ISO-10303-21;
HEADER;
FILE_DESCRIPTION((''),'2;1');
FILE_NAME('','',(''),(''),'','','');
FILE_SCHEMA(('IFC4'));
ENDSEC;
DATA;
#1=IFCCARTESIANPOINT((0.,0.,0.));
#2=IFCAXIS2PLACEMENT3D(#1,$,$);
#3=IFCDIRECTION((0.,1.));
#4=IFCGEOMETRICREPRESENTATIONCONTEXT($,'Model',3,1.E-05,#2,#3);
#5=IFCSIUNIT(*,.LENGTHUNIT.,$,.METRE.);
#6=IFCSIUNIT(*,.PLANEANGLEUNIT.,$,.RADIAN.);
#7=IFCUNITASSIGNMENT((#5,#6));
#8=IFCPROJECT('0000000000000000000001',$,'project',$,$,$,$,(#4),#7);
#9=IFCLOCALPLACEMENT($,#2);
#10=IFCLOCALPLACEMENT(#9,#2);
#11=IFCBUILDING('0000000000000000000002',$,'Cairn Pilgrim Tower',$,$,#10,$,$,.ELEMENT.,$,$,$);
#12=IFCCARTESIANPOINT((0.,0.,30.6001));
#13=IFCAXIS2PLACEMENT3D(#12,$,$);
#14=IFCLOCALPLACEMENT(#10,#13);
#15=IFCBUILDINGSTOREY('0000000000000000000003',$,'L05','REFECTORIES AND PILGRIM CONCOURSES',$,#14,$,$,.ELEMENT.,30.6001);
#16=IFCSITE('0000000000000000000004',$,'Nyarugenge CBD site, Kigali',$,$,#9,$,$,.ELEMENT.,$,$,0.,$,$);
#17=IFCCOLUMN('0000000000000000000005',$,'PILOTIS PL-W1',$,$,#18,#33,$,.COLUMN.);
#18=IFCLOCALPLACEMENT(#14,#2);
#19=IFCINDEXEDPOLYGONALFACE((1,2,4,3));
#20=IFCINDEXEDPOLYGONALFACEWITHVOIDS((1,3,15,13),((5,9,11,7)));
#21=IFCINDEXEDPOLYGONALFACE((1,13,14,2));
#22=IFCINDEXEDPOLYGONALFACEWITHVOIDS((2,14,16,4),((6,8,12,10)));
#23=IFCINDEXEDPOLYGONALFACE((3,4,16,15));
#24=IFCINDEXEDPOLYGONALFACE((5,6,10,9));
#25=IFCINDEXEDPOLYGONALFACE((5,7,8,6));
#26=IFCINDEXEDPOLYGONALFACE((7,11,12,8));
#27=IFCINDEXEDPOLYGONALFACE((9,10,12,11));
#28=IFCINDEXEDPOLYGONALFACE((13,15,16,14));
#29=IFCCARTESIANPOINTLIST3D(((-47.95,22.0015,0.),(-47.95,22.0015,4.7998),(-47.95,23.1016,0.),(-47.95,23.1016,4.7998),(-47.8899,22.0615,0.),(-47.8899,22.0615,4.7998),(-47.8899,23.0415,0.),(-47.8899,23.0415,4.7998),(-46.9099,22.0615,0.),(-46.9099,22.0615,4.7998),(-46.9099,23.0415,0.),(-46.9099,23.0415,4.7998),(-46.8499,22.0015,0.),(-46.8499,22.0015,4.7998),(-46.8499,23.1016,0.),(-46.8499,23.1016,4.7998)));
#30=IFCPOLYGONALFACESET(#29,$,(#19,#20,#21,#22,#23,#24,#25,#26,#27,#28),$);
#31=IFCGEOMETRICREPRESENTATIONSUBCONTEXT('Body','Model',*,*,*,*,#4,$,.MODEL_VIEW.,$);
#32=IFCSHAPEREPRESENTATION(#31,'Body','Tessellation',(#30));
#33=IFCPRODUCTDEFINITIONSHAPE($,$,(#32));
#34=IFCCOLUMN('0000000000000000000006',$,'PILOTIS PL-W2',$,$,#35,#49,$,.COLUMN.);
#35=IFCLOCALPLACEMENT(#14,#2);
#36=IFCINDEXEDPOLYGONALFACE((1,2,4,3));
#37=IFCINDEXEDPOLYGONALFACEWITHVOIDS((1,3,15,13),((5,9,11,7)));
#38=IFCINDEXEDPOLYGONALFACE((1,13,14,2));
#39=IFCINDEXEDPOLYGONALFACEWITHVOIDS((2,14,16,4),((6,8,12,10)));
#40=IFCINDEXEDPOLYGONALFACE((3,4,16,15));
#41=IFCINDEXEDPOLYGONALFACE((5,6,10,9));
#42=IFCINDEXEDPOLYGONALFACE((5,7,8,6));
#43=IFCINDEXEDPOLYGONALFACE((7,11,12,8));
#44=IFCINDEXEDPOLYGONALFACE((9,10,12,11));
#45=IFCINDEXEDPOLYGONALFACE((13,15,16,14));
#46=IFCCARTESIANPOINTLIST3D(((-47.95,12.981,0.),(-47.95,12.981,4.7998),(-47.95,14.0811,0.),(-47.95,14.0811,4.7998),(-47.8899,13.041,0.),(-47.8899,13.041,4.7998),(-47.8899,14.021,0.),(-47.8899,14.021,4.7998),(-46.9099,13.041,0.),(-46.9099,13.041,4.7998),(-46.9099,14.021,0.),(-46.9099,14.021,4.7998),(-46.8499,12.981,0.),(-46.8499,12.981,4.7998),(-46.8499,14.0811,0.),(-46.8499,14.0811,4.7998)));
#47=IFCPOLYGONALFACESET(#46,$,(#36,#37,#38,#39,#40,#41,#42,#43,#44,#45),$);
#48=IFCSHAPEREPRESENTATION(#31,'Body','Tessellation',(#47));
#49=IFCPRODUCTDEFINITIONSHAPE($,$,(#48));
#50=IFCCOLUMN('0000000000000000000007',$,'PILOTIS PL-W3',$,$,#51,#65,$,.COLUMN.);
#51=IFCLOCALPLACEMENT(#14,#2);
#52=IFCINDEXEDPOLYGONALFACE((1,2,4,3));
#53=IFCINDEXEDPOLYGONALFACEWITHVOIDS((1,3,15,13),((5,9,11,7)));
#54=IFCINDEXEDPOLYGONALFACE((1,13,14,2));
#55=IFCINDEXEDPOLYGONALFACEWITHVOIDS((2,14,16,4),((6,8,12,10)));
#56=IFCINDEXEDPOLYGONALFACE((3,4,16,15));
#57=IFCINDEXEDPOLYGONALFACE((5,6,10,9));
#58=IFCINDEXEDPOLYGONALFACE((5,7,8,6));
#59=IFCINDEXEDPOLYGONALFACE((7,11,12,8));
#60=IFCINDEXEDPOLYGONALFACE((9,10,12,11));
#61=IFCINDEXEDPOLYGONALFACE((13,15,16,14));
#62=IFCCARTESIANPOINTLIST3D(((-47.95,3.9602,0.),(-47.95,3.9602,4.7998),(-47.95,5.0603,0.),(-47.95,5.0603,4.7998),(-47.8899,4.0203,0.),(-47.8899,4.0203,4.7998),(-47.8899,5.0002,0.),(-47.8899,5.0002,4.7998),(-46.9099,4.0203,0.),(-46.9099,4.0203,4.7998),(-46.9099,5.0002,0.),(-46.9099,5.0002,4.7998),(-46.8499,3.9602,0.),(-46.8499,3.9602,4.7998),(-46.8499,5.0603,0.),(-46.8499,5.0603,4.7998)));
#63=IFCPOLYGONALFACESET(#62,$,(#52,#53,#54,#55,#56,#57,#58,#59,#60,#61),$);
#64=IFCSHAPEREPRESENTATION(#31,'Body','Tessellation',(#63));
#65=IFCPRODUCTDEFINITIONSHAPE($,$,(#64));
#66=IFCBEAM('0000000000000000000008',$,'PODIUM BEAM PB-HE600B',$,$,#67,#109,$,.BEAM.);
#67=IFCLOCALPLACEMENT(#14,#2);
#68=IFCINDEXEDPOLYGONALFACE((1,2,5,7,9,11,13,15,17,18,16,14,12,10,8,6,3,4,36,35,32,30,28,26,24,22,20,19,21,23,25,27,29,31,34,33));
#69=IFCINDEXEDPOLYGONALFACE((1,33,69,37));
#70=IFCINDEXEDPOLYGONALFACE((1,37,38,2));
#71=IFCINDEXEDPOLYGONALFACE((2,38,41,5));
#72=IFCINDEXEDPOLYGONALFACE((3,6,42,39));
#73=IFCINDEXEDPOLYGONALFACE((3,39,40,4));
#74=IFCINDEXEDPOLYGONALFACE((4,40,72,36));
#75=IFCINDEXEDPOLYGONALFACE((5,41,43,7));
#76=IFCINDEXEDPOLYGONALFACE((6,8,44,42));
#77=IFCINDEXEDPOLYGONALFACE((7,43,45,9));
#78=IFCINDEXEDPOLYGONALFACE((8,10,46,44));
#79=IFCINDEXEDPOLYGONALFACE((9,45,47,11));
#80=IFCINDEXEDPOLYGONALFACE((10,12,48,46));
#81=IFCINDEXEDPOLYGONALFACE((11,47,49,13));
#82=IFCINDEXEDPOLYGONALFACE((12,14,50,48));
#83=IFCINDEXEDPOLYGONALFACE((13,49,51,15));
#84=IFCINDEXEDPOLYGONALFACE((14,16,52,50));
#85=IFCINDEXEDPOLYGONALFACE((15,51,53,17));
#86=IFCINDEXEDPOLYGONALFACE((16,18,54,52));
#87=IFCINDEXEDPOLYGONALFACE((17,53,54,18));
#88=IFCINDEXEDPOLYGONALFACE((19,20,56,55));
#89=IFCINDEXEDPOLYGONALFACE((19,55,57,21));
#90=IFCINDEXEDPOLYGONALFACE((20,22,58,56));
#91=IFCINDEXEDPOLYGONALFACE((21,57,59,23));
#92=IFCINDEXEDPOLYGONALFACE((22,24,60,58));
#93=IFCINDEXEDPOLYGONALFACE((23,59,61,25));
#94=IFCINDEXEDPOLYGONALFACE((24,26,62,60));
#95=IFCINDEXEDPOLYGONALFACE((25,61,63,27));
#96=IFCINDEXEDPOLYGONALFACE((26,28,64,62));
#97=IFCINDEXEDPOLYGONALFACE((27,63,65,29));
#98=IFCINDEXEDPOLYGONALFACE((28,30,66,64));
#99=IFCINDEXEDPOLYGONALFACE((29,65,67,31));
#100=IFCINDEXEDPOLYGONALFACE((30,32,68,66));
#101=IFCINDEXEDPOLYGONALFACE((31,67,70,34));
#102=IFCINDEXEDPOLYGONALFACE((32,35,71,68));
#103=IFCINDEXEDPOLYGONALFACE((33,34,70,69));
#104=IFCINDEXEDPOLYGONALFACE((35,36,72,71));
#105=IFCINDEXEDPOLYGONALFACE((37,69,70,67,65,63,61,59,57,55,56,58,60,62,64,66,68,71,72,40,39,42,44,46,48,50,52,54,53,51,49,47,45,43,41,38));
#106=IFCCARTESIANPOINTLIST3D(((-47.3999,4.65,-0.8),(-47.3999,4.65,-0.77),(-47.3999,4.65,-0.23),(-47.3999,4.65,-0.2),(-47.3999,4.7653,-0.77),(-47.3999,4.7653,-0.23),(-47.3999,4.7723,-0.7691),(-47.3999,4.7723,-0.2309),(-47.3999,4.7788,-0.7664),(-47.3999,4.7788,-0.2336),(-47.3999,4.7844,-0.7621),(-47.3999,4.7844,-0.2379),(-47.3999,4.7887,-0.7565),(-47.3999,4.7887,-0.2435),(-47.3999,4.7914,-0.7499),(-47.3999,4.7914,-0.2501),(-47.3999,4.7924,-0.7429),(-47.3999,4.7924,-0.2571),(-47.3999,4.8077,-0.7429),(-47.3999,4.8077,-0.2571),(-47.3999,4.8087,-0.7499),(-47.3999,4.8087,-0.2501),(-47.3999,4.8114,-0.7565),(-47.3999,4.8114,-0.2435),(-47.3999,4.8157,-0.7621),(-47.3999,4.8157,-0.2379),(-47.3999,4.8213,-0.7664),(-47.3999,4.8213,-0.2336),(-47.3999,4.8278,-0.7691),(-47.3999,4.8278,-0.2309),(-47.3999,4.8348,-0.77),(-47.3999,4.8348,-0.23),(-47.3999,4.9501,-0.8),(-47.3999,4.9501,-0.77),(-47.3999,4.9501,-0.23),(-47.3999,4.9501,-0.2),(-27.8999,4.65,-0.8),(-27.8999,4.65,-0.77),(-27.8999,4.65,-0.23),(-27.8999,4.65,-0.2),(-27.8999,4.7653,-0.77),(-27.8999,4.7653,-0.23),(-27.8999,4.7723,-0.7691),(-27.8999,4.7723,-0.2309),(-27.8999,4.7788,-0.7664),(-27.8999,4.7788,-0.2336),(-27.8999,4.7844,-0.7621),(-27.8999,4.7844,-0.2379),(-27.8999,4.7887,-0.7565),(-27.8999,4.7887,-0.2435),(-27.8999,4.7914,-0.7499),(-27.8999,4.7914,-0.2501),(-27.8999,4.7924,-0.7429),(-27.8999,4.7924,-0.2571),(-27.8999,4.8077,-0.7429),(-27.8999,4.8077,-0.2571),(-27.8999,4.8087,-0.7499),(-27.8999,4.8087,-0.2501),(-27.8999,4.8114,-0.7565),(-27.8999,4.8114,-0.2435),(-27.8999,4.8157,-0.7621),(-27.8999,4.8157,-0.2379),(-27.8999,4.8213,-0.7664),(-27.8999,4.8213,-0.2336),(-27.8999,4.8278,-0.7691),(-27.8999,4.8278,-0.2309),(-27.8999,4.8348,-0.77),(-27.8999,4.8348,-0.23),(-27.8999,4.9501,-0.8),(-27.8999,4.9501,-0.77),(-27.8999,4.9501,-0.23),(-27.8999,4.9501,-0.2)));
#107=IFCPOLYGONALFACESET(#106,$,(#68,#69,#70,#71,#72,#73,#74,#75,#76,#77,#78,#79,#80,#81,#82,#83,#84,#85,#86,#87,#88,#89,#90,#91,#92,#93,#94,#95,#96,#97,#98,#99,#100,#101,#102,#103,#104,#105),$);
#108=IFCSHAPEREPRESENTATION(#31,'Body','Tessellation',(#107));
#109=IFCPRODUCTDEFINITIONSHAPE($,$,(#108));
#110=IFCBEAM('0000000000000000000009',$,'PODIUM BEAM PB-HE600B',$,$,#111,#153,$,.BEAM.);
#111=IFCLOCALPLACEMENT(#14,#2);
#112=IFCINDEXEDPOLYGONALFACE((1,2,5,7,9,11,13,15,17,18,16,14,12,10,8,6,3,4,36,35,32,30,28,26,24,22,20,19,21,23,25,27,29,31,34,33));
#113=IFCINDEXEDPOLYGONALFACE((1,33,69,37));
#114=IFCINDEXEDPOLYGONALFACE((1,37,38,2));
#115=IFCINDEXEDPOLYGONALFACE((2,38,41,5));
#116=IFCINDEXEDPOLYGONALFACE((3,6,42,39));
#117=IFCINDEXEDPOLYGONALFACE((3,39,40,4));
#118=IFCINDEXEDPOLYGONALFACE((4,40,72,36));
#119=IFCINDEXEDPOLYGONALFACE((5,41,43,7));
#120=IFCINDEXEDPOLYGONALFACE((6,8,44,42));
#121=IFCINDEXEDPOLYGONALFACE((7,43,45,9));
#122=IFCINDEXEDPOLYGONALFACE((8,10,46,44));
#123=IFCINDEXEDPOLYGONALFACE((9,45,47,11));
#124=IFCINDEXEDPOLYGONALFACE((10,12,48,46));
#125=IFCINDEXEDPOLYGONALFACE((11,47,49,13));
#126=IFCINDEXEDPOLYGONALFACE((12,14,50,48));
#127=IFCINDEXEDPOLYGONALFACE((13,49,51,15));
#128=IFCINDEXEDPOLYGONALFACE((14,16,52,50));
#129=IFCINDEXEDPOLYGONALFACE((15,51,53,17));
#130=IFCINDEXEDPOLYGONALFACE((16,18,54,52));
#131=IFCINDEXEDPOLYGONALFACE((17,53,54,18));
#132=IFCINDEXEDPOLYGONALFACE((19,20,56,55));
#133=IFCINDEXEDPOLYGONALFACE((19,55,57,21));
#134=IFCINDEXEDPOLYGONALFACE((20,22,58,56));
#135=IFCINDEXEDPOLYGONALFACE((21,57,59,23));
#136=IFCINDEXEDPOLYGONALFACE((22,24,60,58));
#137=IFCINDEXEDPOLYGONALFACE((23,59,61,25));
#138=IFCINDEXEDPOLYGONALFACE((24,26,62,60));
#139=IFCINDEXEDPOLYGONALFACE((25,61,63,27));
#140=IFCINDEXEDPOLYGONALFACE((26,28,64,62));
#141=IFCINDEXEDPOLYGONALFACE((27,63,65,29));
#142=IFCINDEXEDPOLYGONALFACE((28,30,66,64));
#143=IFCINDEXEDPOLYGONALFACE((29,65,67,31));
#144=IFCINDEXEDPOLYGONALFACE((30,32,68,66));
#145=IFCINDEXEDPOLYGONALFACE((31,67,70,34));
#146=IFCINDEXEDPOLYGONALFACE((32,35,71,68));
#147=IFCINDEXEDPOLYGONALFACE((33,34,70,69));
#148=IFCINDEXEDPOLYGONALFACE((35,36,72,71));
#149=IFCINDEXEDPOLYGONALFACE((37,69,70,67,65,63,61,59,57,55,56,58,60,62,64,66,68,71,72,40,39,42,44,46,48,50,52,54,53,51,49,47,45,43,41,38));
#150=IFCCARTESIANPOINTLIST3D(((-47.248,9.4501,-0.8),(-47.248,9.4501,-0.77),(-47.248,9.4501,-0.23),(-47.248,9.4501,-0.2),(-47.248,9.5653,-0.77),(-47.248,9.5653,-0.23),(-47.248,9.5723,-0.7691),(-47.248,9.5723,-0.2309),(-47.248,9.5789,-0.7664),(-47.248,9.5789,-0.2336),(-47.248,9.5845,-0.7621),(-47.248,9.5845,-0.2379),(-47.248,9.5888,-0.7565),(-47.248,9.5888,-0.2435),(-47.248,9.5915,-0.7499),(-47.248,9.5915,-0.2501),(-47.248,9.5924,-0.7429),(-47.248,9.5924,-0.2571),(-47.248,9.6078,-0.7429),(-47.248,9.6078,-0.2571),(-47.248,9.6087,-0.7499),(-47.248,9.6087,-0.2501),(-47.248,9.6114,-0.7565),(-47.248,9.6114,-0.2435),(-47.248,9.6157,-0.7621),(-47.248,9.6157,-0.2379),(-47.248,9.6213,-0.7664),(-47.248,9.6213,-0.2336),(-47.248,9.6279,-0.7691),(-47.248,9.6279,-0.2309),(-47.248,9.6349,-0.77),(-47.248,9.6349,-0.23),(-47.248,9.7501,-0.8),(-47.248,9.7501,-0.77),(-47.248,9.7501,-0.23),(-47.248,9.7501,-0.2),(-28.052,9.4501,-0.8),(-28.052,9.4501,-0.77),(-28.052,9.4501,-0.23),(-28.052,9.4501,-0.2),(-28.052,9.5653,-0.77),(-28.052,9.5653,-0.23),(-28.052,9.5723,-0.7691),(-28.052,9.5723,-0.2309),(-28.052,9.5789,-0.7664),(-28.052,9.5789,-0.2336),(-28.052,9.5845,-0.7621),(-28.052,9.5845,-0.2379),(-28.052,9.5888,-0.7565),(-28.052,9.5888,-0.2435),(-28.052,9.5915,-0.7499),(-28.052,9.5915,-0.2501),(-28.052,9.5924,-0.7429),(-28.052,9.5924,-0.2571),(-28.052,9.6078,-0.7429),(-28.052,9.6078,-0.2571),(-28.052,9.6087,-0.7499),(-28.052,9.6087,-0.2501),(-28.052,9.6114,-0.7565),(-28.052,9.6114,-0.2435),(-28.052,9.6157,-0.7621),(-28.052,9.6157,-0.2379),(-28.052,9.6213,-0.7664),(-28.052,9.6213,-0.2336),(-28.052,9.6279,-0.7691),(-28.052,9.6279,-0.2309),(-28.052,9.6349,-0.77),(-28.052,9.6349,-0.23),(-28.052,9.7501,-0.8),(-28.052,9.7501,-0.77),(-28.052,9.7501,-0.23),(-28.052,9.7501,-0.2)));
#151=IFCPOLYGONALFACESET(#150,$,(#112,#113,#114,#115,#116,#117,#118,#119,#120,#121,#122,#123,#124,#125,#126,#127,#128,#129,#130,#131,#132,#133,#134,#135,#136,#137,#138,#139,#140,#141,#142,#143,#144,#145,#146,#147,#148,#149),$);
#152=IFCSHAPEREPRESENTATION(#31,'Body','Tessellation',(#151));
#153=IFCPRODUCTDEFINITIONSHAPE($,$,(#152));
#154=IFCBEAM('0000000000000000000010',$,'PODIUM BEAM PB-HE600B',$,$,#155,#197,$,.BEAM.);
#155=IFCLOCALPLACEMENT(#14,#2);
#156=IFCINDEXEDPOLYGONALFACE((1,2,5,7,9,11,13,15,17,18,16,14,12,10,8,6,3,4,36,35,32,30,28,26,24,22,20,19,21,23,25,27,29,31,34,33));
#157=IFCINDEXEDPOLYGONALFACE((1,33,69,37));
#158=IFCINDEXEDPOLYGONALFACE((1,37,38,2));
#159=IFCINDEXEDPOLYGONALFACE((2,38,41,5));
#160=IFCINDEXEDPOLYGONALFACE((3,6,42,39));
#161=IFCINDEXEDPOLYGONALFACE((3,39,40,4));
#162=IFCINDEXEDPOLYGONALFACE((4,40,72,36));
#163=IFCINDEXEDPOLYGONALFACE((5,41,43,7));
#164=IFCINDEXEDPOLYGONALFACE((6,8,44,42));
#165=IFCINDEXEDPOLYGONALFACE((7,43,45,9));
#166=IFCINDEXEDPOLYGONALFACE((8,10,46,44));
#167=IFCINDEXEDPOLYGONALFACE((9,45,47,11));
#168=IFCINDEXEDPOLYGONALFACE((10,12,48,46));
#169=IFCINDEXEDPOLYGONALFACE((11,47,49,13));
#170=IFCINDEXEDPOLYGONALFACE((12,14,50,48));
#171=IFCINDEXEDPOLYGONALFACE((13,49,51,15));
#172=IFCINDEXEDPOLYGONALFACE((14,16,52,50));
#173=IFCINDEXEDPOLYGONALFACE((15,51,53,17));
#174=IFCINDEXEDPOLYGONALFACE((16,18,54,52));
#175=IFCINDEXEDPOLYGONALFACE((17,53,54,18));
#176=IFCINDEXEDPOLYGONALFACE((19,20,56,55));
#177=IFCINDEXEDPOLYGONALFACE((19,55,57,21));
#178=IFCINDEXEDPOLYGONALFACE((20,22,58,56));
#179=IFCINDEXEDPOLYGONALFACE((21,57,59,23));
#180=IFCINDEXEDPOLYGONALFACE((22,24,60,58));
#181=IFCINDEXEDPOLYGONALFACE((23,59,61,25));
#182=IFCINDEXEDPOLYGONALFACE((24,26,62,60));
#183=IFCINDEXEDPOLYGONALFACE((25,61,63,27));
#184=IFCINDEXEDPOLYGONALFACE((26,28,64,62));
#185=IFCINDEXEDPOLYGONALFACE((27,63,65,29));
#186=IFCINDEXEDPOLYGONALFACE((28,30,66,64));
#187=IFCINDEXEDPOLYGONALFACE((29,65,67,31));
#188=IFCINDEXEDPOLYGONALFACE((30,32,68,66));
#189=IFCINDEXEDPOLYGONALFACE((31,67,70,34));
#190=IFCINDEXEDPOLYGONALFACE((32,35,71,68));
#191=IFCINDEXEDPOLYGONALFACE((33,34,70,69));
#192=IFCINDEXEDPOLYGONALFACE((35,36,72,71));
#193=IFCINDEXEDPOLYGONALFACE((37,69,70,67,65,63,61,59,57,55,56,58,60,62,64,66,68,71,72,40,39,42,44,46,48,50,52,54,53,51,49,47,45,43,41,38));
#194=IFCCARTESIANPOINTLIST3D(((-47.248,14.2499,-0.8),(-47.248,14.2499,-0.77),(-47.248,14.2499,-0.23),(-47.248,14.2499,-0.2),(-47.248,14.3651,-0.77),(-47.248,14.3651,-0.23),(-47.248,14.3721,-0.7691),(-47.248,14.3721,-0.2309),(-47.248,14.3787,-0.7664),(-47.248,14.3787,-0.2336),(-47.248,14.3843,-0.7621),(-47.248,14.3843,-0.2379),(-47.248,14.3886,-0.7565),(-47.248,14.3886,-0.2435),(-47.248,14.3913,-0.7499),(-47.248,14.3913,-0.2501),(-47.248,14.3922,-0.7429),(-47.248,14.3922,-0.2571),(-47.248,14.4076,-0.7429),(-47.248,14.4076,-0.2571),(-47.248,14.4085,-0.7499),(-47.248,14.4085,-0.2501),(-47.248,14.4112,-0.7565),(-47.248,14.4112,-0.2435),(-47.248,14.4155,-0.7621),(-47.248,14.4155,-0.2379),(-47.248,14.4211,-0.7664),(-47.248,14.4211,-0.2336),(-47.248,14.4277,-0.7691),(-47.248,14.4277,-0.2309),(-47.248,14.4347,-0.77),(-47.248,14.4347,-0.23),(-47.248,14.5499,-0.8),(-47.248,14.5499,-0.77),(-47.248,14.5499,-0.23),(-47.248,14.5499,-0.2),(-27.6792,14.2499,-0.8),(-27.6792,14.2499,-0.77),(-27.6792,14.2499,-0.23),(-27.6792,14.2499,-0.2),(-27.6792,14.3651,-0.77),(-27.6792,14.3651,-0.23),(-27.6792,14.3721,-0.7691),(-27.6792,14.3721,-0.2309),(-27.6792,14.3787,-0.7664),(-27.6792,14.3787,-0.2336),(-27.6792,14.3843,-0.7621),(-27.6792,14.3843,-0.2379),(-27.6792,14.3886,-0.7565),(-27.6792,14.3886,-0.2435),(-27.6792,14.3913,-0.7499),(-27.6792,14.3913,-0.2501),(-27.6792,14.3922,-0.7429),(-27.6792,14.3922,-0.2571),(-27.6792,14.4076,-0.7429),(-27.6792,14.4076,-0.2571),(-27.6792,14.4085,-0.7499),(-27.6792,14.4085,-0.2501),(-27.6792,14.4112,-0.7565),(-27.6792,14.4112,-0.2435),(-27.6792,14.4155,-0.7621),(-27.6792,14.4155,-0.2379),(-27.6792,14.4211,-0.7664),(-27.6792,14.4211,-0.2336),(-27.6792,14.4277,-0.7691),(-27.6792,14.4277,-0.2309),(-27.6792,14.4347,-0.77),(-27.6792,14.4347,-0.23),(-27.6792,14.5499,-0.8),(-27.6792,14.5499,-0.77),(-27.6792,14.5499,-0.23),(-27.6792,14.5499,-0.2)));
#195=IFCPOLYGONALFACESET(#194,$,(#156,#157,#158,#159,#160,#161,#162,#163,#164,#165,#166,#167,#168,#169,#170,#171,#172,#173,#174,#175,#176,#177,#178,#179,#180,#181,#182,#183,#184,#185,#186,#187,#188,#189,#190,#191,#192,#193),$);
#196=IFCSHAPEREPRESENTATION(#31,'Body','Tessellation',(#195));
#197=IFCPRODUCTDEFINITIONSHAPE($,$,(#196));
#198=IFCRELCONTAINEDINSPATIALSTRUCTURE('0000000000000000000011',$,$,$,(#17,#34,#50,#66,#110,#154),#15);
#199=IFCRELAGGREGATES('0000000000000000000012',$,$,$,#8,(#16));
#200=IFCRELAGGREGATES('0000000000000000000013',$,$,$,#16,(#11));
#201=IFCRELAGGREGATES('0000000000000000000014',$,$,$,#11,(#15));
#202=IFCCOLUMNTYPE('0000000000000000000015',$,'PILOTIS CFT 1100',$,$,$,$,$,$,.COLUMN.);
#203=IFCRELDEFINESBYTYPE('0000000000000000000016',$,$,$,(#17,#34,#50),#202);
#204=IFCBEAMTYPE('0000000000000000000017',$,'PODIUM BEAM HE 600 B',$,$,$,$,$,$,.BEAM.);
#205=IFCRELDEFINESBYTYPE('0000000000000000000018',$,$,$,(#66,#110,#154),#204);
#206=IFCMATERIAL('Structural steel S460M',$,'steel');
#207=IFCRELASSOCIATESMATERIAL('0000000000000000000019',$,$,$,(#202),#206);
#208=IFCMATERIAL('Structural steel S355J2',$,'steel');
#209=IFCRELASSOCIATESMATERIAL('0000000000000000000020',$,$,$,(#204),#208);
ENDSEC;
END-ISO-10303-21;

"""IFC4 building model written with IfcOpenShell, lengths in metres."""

from ifc_helpers import new_model, si_unit, direction, frame, origin, origin_2d, place, context, subcontext, project, spatial, hollow_rectangle, i_section, extrude, material, material_profile, profile_set, type_object, element, save


model = new_model("IFC4")

# Units and contexts
model_context = context("Model", 3, precision=1e-05, world=origin(), true_north=direction((0.0, 1.0)))
body_context = subcontext(model_context, "Body", "Model", "MODEL_VIEW")
ifc_project = project(units=[si_unit("LENGTHUNIT", "METRE"), si_unit("PLANEANGLEUNIT", "RADIAN")], contexts=[model_context])

# Site, building, storey
site_placement = place(None, origin())
site = spatial("IfcSite", under=ifc_project, at=site_placement, Name="Nyarugenge CBD site, Kigali", CompositionType="ELEMENT", RefElevation=0.0)
building_placement = place(site_placement, origin())
building = spatial("IfcBuilding", under=site, at=building_placement, Name="Cairn Pilgrim Tower", CompositionType="ELEMENT")
storey_placement = place(building_placement, frame((0.0, 0.0, 30.6001)))
storey = spatial("IfcBuildingStorey", under=building, at=storey_placement, Name="L05", Description="REFECTORIES AND PILGRIM CONCOURSES", CompositionType="ELEMENT", Elevation=30.6001)

# Columns
ifc_material_1 = material(Name="Structural steel S460M", Category="steel")
ifc_material_profile_1 = material_profile(ifc_material_1, hollow_rectangle(XDim=1.1001, YDim=1.1001, WallThickness=0.0601, at=origin_2d()), Name="BOX 1100x1100x60")
ifc_profile_set_1 = profile_set([ifc_material_profile_1], Name="Structural steel S460M")
column_type = type_object("IfcColumnType", Name="PILOTIS CFT 1100", PredefinedType="COLUMN", material=ifc_profile_set_1)
for number, where, z_axis, x_axis, name in (
    (1, (-47.3999, 22.5515, 0.0), (0.0, 0.0, 1.0), (1.0, 0.0, 0.0), "PILOTIS PL-W1"),
    (2, (-47.3999, 13.531, 0.0), (0.0, 0.0, 1.0), (1.0, 0.0, 0.0), "PILOTIS PL-W2"),
    (3, (-47.3999, 4.5103, 0.0), (0.0, 0.0, 1.0), (1.0, 0.0, 0.0), "PILOTIS PL-W3"),
):
    element("IfcColumn", number, at=place(storey_placement, frame(where, z_axis=z_axis, x_axis=x_axis)), inside=storey, type_object=column_type, Name=name, PredefinedType="COLUMN", context=body_context, shape_type="SweptSolid", body=[
        extrude(hollow_rectangle(XDim=1.1001, YDim=1.1001, WallThickness=0.0601, at=origin_2d()), origin(), (0.0, 0.0, 1.0), 4.7998),
    ])

# Beams
ifc_material_2 = material(Name="Structural steel S355J2", Category="steel")
ifc_material_profile_2 = material_profile(ifc_material_2, i_section(OverallWidth=0.3, OverallDepth=0.6001, WebThickness=0.0154, FlangeThickness=0.03, FilletRadius=0.0271, at=origin_2d()), Name="HEB 600")
ifc_profile_set_2 = profile_set([ifc_material_profile_2], Name="Structural steel S355J2")
beam_type_1 = type_object("IfcBeamType", Name="PODIUM BEAM HE 600 B", PredefinedType="BEAM", material=ifc_profile_set_2)
beam_1_placement = place(storey_placement, frame((-47.3999, 4.8, -0.5), z_axis=(1.0, 0.0, 0.0), x_axis=(0.0, 1.0, 0.0)))
element("IfcBeam", 4, at=beam_1_placement, inside=storey, type_object=beam_type_1, Name="PODIUM BEAM PB-HE600B", PredefinedType="BEAM", context=body_context, shape_type="SweptSolid", body=[
    extrude(i_section(OverallWidth=0.3, OverallDepth=0.6001, WebThickness=0.0154, FlangeThickness=0.03, FilletRadius=0.0271, at=origin_2d()), origin(), (0.0, 0.0, 1.0), 19.5),
])
beam_2_placement = place(storey_placement, frame((-47.248, 9.6001, -0.5), z_axis=(1.0, 0.0, 0.0), x_axis=(0.0, 1.0, 0.0)))
element("IfcBeam", 5, at=beam_2_placement, inside=storey, type_object=beam_type_1, Name="PODIUM BEAM PB-HE600B", PredefinedType="BEAM", context=body_context, shape_type="SweptSolid", body=[
    extrude(i_section(OverallWidth=0.3, OverallDepth=0.6001, WebThickness=0.0154, FlangeThickness=0.03, FilletRadius=0.0271, at=origin_2d()), origin(), (0.0, 0.0, 1.0), 19.196),
])
beam_3_placement = place(storey_placement, frame((-47.248, 14.3999, -0.5), z_axis=(1.0, 0.0, 0.0), x_axis=(0.0, 1.0, 0.0)))
element("IfcBeam", 6, at=beam_3_placement, inside=storey, type_object=beam_type_1, Name="PODIUM BEAM PB-HE600B", PredefinedType="BEAM", context=body_context, shape_type="SweptSolid", body=[
    extrude(i_section(OverallWidth=0.3, OverallDepth=0.6001, WebThickness=0.0154, FlangeThickness=0.03, FilletRadius=0.0271, at=origin_2d()), origin(), (0.0, 0.0, 1.0), 19.5688),
])

save(model, "model.ifc")
